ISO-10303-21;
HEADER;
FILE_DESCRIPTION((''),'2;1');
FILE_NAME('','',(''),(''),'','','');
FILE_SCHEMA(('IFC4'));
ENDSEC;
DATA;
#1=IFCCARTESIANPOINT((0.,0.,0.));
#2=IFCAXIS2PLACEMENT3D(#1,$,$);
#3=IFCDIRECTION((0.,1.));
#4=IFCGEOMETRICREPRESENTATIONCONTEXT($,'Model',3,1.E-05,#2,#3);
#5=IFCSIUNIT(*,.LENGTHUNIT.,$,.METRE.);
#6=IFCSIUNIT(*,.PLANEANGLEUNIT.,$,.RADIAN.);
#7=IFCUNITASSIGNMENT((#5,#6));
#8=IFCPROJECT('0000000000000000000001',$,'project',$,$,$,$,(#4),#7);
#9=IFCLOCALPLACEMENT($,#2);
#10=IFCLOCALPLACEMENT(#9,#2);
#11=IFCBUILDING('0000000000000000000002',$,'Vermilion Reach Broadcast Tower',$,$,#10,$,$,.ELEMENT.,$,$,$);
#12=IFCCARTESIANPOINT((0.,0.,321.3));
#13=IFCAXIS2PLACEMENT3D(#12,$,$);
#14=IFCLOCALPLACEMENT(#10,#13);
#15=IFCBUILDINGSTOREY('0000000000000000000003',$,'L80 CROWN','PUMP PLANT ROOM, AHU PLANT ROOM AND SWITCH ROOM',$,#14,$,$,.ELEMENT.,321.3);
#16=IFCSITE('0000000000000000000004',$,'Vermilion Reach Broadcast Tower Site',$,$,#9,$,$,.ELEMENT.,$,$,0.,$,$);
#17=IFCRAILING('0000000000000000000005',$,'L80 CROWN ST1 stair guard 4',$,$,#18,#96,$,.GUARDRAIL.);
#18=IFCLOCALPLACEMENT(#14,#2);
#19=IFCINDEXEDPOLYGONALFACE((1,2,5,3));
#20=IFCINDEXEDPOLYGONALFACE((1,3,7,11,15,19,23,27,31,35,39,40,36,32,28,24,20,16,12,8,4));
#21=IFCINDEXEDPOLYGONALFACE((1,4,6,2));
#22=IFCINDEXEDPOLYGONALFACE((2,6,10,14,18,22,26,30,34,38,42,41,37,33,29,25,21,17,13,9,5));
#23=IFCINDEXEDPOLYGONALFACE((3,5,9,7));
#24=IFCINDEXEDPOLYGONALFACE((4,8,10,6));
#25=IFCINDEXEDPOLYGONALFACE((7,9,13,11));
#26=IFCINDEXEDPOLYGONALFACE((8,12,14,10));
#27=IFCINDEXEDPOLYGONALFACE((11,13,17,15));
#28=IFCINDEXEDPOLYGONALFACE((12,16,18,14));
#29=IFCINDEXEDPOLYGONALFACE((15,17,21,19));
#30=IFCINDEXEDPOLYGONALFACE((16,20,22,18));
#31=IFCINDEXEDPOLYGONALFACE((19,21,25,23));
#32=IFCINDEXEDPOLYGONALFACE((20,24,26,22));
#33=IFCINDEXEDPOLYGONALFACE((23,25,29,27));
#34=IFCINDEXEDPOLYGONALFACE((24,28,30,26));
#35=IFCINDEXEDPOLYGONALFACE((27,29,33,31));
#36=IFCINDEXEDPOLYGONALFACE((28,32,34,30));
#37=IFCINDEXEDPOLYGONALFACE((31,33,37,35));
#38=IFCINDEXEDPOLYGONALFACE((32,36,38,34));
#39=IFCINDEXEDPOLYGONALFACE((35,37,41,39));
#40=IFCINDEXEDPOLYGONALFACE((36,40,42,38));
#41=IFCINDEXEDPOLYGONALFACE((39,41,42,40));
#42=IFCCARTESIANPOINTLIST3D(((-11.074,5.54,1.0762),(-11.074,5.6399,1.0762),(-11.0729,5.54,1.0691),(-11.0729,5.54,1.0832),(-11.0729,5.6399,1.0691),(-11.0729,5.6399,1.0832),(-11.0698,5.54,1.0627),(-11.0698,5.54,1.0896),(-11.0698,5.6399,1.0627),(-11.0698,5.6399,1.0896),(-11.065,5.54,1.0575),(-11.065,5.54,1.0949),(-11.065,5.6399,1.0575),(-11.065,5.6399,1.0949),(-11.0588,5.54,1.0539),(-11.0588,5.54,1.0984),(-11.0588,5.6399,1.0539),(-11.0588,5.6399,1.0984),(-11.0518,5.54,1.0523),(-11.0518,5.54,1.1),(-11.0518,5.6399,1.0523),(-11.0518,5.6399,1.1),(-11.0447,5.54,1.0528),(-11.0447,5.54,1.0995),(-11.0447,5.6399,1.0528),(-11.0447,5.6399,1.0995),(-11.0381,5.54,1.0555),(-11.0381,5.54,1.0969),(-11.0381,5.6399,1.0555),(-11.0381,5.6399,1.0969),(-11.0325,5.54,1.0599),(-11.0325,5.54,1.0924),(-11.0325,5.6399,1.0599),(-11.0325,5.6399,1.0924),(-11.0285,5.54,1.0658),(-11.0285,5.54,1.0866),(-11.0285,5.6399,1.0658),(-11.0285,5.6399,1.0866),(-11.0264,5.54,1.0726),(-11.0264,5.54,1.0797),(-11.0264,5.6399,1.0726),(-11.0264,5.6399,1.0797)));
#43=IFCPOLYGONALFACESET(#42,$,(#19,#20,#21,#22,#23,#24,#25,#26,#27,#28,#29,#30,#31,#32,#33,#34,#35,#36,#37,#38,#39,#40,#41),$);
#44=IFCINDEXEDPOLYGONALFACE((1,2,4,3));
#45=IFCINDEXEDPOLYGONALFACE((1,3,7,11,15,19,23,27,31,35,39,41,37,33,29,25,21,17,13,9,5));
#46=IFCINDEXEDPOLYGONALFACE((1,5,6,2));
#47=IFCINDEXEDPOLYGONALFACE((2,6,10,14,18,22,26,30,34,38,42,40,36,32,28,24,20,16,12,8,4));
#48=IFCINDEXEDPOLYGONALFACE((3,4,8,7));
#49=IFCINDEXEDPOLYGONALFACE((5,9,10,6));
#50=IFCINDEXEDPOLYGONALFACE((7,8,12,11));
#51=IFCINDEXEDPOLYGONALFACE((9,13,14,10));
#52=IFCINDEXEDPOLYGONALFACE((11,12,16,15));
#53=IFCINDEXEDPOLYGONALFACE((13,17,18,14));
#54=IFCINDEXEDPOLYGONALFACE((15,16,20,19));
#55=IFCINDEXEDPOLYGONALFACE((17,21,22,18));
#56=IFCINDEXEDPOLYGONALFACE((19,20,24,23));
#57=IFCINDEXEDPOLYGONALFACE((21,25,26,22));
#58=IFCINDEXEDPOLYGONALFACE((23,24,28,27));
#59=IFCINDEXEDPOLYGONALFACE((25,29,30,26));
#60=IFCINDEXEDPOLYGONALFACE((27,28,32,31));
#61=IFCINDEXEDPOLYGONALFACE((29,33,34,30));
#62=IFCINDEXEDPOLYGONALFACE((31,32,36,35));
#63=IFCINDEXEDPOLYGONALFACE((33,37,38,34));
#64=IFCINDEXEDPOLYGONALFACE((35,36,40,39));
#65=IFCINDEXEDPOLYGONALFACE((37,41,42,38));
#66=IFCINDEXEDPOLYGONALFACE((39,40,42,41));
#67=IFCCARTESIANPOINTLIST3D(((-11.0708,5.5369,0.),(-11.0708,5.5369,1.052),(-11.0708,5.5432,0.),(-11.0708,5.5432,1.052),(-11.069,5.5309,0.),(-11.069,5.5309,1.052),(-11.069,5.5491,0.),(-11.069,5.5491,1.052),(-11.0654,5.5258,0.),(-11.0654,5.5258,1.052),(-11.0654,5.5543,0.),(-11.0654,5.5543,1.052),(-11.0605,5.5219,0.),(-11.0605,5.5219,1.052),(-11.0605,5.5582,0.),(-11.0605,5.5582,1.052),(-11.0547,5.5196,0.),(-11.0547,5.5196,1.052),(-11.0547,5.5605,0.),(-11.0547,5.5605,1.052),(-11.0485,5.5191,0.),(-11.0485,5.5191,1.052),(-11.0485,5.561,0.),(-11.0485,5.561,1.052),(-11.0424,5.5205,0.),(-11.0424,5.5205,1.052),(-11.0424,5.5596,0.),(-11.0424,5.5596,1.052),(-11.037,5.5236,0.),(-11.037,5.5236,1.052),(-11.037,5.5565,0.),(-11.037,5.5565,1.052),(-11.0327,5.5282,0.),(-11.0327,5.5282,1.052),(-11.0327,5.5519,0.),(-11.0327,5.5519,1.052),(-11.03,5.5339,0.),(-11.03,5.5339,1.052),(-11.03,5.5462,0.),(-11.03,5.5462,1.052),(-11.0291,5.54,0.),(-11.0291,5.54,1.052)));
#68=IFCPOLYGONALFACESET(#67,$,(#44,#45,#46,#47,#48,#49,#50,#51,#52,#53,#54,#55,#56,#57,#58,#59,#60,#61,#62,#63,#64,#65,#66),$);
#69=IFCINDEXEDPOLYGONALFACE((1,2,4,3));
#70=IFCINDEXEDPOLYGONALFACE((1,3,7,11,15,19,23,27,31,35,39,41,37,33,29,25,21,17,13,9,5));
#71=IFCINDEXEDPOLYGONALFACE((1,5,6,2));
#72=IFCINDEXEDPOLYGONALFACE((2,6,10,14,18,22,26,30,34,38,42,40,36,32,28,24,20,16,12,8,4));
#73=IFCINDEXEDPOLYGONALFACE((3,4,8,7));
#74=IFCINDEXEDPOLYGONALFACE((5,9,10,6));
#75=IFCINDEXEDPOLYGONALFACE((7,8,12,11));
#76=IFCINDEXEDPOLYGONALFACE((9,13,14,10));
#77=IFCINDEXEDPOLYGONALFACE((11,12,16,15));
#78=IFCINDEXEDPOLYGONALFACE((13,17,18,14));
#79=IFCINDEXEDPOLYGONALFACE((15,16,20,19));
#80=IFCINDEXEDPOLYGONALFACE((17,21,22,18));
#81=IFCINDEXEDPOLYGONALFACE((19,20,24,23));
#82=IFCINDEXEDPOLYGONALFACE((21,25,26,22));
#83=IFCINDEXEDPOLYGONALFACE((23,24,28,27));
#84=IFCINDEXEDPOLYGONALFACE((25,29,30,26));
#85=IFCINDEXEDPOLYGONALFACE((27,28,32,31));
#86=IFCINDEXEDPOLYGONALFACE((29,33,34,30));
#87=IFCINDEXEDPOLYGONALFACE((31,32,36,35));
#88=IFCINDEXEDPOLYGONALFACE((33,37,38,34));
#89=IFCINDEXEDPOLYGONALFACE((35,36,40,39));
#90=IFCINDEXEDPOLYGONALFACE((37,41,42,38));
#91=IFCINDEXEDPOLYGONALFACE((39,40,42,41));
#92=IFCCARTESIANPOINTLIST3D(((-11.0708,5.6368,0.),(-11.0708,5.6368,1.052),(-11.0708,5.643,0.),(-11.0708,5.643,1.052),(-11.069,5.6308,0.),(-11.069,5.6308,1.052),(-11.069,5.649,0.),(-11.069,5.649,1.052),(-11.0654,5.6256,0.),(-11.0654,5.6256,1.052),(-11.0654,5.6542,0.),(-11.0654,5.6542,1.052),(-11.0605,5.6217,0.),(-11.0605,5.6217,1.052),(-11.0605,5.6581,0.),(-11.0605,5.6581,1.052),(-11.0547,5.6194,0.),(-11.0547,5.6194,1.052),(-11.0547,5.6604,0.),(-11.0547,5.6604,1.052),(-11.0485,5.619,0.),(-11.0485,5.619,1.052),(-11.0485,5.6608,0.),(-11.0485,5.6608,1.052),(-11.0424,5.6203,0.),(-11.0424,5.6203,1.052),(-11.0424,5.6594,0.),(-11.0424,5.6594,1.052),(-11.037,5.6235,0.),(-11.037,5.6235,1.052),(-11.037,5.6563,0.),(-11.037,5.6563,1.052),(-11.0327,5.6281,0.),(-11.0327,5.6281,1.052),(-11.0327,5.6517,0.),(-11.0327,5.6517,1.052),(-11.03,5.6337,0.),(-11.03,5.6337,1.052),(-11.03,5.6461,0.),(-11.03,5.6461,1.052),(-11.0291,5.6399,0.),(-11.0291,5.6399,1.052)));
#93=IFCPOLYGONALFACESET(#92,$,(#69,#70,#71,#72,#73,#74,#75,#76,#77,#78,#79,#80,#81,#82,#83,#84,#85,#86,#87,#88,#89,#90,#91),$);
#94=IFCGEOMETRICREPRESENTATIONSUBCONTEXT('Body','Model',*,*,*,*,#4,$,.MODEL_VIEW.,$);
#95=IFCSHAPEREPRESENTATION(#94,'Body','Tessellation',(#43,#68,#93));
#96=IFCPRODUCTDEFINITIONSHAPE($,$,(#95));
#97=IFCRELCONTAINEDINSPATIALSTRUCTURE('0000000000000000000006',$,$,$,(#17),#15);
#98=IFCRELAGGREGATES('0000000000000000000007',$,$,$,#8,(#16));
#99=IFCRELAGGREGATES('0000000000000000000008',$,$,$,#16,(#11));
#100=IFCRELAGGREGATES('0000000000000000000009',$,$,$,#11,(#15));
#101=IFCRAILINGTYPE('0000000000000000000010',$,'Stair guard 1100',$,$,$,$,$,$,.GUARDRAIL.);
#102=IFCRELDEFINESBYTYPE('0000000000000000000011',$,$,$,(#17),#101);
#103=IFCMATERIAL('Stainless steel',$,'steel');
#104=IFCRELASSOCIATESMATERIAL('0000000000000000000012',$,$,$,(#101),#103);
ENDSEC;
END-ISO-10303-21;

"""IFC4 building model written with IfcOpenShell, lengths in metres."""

from ifc_helpers import new_model, si_unit, direction, frame, origin, origin_2d, place, context, subcontext, project, spatial, circle, extrude, material, type_object, element, save


model = new_model("IFC4")

# Units and contexts
model_context = context("Model", 3, precision=1e-05, world=origin(), true_north=direction((0.0, 1.0)))
body_context = subcontext(model_context, "Body", "Model", "MODEL_VIEW")
ifc_project = project(units=[si_unit("LENGTHUNIT", "METRE"), si_unit("PLANEANGLEUNIT", "RADIAN")], contexts=[model_context])

# Site, building, storey
site_placement = place(None, origin())
site = spatial("IfcSite", under=ifc_project, at=site_placement, Name="Vermilion Reach Broadcast Tower Site", CompositionType="ELEMENT", RefElevation=0.0)
building_placement = place(site_placement, origin())
building = spatial("IfcBuilding", under=site, at=building_placement, Name="Vermilion Reach Broadcast Tower", CompositionType="ELEMENT")
storey_placement = place(building_placement, frame((0.0, 0.0, 321.3)))
storey = spatial("IfcBuildingStorey", under=building, at=storey_placement, Name="L80 CROWN", Description="PUMP PLANT ROOM, AHU PLANT ROOM AND SWITCH ROOM", CompositionType="ELEMENT", Elevation=321.3)

# Railing
ifc_material_1 = material(Name="Stainless steel", Category="steel")
railing_type_1 = type_object("IfcRailingType", Name="Stair guard 1100", PredefinedType="GUARDRAIL", material=ifc_material_1)
railing_1_placement = place(storey_placement, frame((-11.05, 5.54, 0.0)))
element("IfcRailing", 1, at=railing_1_placement, inside=storey, type_object=railing_type_1, Name="L80 CROWN ST1 stair guard 4", PredefinedType="GUARDRAIL", context=body_context, shape_type="SweptSolid", body=[
    extrude(circle(Radius=0.0239, at=origin_2d()), frame((0.0, 0.0, 1.0762), z_axis=(0.0, 1.0, 0.0), x_axis=(-1.0, 0.0, 0.0)), (0.0, 0.0, 1.0), 0.0999),
    extrude(circle(Radius=0.021, at=origin_2d()), origin(), (0.0, 0.0, 1.0), 1.052),
    extrude(circle(Radius=0.021, at=origin_2d()), frame((0.0, 0.0999, 0.0)), (0.0, 0.0, 1.0), 1.052),
])

save(model, "model.ifc")
